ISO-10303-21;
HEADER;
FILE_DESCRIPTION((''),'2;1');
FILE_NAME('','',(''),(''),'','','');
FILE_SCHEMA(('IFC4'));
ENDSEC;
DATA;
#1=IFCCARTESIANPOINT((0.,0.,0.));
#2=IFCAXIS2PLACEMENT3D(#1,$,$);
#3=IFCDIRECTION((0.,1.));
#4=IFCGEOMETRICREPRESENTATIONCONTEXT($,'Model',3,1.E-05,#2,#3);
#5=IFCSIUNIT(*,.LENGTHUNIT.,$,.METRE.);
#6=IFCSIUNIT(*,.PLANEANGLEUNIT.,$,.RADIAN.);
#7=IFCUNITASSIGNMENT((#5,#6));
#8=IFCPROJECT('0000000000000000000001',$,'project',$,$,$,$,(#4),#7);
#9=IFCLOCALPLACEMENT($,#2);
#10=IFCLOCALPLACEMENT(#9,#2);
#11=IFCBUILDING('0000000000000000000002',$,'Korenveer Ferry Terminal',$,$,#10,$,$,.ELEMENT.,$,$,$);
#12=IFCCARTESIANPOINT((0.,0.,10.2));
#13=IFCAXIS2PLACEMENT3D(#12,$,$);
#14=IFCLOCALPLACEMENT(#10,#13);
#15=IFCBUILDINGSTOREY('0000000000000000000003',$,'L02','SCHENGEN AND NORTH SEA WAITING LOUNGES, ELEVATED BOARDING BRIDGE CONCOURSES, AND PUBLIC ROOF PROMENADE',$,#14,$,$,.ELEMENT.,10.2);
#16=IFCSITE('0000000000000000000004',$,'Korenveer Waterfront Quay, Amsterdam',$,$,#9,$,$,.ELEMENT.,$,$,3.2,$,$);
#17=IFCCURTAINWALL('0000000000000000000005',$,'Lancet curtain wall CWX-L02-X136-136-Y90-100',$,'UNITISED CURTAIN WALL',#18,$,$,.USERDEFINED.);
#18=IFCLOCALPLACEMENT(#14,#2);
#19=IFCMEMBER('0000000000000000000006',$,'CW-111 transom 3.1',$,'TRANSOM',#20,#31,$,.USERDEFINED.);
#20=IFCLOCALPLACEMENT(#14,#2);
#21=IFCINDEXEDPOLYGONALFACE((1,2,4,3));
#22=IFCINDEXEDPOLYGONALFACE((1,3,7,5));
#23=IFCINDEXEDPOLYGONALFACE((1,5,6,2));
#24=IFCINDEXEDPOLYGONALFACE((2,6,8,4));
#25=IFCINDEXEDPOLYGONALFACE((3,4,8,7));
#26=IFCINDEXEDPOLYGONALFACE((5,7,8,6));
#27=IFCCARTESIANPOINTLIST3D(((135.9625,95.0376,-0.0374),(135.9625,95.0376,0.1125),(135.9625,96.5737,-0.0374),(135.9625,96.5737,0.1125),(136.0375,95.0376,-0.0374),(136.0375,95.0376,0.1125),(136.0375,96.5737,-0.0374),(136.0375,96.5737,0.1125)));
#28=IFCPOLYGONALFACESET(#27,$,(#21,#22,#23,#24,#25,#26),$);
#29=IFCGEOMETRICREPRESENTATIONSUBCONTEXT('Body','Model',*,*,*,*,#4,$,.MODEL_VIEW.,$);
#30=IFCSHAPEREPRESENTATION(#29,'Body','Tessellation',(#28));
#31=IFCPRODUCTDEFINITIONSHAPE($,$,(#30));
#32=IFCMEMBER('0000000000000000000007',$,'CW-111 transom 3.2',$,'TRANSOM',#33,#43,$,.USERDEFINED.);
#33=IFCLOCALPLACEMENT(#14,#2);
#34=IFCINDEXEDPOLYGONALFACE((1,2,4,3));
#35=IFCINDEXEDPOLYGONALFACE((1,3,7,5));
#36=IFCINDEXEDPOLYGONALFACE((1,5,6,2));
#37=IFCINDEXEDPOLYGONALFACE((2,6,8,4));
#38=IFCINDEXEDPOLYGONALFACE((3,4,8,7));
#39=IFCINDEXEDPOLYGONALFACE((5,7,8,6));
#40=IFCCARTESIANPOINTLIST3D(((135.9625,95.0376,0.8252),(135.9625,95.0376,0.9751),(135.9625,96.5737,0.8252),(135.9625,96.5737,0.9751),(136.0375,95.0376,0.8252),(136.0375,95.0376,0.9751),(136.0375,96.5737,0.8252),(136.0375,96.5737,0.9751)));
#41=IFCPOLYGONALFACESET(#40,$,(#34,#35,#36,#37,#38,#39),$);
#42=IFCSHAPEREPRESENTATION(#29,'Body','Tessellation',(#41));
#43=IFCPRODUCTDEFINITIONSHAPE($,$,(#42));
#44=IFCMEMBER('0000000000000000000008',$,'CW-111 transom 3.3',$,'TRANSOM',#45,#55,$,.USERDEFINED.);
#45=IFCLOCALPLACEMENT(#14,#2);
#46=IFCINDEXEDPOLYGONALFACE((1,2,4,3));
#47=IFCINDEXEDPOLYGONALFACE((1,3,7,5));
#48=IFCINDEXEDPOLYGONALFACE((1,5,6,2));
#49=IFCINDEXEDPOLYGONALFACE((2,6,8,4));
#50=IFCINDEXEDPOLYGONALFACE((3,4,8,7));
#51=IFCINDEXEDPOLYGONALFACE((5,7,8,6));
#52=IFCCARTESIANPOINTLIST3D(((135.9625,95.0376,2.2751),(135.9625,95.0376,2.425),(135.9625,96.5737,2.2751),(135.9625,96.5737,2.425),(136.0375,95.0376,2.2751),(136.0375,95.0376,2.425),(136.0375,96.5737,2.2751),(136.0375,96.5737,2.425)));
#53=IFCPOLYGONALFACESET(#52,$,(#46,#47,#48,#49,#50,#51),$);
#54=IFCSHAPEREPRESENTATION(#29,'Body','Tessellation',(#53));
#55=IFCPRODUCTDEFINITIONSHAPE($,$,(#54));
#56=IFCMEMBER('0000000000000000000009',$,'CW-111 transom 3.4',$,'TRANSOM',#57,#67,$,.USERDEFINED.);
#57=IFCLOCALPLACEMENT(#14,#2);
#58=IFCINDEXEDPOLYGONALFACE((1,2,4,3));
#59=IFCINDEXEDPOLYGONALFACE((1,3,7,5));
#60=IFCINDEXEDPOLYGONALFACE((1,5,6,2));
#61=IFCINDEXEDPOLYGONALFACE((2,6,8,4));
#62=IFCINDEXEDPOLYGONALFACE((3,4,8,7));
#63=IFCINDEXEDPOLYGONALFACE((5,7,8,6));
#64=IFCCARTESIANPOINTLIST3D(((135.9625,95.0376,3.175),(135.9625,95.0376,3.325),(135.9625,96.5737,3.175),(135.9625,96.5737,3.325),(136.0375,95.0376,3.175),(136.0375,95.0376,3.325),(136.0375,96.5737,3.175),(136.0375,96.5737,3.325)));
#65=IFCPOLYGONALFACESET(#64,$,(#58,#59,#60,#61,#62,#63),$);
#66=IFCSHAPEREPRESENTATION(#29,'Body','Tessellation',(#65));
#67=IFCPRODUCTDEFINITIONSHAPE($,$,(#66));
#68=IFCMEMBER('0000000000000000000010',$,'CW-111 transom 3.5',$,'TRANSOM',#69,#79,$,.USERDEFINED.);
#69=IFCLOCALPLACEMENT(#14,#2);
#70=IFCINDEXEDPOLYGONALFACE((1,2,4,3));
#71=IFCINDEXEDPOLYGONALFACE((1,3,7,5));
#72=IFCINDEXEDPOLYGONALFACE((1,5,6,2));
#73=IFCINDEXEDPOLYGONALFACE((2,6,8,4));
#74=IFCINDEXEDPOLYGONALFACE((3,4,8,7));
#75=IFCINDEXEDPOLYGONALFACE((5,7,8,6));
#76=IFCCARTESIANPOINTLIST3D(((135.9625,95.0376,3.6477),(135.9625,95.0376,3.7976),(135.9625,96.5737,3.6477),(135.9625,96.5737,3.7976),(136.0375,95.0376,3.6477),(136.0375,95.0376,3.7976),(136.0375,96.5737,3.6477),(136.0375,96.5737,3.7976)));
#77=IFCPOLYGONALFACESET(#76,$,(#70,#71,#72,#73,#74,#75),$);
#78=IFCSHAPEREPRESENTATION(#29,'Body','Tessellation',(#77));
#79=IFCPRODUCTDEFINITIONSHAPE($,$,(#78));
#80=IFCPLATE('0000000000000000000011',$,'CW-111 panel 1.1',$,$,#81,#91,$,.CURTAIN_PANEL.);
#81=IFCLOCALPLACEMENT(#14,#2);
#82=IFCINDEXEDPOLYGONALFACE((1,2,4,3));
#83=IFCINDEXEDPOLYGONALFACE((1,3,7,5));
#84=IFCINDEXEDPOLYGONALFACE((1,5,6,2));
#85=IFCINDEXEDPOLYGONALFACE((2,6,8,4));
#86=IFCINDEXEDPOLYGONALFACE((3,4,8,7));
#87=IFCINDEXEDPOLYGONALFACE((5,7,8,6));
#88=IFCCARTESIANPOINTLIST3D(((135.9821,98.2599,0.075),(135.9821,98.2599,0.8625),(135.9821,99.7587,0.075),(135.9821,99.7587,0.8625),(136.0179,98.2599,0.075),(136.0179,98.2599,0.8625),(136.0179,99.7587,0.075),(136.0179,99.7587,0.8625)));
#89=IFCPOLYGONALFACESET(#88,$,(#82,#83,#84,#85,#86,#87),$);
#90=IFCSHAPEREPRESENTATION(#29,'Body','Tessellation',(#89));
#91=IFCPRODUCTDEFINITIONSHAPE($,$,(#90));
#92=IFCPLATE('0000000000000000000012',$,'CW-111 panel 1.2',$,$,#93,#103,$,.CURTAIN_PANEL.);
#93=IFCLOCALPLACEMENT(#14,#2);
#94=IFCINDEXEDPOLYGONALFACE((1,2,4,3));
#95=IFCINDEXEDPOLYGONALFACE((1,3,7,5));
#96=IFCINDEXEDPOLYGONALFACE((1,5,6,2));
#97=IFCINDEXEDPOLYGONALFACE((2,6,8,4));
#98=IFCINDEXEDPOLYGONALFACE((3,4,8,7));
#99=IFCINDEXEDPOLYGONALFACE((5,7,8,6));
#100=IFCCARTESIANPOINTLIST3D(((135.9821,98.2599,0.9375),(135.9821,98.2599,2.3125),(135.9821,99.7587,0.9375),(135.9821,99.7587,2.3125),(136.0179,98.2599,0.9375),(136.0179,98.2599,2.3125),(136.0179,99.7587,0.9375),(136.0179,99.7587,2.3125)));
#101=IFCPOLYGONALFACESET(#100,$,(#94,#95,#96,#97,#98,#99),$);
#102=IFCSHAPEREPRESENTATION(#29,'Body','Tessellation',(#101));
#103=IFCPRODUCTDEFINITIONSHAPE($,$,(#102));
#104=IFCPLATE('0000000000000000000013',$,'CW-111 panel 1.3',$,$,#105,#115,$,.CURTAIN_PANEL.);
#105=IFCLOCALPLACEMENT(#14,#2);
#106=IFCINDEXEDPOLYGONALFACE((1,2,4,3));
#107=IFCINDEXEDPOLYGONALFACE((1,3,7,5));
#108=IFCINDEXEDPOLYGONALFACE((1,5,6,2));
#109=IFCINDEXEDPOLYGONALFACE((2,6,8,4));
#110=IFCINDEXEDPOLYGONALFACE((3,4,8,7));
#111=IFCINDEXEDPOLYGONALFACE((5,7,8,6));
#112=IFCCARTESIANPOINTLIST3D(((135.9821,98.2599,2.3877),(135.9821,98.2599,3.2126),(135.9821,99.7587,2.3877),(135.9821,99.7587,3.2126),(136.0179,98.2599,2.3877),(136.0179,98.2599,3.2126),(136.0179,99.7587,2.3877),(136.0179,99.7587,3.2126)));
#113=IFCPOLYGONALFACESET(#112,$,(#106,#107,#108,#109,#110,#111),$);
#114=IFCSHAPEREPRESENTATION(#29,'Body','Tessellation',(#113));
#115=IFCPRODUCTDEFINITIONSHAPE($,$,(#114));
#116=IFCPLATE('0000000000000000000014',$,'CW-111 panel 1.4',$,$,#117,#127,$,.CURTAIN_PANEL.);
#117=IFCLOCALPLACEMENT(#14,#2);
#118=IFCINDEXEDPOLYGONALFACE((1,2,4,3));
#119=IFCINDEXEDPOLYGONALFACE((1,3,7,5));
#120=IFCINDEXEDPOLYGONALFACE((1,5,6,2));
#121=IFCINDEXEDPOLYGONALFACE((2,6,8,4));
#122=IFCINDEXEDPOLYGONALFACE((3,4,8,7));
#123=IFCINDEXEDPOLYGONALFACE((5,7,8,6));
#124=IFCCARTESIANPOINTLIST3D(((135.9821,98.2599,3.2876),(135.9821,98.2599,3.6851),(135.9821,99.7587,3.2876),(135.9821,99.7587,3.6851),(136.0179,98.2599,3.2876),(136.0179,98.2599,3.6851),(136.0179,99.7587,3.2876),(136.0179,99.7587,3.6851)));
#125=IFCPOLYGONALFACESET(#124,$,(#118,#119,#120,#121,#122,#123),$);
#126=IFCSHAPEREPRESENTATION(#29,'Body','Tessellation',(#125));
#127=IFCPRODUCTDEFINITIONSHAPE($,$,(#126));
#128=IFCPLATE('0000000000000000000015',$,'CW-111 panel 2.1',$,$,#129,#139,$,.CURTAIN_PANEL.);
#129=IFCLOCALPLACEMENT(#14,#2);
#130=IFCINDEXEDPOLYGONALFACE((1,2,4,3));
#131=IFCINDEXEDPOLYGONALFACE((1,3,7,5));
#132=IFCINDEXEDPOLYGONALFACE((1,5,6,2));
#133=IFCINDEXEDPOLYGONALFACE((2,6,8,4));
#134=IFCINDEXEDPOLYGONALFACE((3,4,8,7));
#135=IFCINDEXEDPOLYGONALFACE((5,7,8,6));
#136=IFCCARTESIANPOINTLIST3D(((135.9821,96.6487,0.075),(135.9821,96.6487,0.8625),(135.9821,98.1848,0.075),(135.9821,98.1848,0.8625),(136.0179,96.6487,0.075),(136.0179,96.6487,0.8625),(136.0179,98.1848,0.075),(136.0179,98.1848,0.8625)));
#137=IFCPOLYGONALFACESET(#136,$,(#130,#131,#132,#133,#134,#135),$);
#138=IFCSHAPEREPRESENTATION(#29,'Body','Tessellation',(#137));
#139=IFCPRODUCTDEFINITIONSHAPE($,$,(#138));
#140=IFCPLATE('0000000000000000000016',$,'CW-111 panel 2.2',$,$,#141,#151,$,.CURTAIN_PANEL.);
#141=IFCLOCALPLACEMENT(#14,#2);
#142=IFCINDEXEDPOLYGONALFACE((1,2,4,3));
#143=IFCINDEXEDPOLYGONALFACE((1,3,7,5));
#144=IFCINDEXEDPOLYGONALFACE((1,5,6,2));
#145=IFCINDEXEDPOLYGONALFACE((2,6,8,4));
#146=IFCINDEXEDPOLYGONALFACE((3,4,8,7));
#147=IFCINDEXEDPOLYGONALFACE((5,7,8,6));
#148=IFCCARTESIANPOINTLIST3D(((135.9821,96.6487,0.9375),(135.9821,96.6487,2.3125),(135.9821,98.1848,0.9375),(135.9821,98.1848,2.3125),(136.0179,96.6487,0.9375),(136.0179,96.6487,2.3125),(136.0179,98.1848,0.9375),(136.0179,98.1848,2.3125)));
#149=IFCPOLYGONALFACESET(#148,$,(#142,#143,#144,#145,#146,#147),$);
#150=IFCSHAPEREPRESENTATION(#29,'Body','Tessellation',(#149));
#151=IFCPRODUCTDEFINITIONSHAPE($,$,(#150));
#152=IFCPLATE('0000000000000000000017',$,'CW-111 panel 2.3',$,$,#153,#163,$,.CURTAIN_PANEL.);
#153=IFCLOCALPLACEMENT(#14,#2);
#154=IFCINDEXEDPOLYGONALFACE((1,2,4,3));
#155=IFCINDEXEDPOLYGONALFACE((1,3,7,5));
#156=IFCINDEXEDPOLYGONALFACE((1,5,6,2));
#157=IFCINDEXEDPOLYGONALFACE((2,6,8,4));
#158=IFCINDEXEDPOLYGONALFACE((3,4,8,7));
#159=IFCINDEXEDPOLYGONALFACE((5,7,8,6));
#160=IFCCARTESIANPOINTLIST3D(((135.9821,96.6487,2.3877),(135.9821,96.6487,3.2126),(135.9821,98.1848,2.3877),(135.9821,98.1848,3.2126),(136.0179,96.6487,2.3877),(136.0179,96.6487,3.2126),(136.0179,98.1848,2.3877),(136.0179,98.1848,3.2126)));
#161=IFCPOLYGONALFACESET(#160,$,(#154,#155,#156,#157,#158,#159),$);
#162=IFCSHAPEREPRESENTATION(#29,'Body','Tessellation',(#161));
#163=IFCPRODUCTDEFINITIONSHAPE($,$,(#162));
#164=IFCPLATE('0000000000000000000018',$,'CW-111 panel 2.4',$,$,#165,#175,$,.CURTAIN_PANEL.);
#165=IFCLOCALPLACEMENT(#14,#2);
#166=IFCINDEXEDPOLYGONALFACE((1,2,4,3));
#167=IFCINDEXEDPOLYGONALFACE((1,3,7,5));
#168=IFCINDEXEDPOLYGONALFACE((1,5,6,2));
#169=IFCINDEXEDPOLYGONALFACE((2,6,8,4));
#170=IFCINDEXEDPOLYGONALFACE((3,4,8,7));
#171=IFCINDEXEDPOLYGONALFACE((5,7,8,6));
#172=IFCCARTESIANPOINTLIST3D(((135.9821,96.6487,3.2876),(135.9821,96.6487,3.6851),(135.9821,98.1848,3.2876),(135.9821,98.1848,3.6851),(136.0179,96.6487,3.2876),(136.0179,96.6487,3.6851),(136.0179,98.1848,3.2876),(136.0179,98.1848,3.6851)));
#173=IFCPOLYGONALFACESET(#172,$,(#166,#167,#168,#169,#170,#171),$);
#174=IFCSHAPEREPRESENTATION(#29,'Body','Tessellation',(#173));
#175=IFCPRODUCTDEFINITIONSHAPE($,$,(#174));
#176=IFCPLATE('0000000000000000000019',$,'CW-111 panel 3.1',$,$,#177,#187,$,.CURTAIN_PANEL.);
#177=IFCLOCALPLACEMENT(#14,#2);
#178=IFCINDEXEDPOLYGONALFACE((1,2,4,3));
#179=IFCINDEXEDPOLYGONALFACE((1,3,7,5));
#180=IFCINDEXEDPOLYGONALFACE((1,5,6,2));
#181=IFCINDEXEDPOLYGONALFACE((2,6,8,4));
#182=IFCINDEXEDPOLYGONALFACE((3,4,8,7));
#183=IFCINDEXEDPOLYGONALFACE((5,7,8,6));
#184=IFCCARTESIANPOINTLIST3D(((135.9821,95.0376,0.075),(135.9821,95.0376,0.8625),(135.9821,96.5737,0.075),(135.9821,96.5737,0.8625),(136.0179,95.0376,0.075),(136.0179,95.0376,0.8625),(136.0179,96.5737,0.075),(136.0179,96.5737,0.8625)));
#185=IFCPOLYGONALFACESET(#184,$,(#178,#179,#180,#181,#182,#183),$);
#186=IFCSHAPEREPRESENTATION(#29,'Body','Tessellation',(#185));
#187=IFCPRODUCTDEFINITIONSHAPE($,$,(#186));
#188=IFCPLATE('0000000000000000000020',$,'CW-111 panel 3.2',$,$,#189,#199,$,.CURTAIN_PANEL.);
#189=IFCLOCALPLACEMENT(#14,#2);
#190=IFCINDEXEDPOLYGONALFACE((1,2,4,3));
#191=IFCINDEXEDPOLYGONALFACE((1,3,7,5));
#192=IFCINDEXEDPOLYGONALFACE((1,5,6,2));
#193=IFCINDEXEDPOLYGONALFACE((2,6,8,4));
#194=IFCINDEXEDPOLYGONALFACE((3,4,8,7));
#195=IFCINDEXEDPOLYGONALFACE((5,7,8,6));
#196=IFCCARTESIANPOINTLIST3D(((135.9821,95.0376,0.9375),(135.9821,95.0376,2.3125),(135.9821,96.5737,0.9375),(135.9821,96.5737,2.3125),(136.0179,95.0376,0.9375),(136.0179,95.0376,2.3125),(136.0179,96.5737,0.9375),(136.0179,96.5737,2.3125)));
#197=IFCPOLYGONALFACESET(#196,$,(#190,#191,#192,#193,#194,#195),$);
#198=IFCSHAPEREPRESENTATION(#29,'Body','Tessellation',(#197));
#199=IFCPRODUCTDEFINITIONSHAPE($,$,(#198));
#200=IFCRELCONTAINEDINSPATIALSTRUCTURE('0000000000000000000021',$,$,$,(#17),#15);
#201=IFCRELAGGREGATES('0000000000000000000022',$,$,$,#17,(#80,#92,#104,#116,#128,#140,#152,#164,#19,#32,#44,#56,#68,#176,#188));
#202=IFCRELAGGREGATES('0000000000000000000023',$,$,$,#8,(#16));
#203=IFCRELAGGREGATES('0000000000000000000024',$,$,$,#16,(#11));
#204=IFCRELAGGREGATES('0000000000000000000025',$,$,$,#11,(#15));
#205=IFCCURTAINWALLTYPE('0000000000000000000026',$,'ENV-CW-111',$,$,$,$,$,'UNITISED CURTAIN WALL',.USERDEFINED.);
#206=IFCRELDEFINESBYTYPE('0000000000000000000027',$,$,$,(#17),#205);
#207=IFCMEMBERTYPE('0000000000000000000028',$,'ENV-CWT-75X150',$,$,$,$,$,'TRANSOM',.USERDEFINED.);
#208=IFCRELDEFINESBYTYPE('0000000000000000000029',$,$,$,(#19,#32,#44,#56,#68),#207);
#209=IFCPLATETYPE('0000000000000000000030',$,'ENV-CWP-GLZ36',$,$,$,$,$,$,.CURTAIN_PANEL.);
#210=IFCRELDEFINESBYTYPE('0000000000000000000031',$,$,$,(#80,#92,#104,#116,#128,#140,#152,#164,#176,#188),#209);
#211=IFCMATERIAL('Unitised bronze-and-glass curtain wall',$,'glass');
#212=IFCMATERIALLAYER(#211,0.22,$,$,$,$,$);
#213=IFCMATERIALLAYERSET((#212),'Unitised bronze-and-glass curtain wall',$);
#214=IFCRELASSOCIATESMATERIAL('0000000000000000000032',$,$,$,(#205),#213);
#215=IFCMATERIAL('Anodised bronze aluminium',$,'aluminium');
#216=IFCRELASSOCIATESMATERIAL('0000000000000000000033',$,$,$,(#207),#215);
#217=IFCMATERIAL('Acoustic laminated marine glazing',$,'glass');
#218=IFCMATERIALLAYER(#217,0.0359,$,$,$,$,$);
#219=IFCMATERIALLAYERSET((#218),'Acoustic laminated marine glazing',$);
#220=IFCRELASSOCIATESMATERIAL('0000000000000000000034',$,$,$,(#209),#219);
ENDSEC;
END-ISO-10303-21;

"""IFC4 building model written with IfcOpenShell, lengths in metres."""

from ifc_helpers import new_model, si_unit, direction, frame, origin, origin_2d, place, context, subcontext, project, spatial, rectangle, extrude, material, layer, layer_set, material_profile, profile_set, type_object, element, aggregate, save


model = new_model("IFC4")

# Units and contexts
model_context = context("Model", 3, precision=1e-05, world=origin(), true_north=direction((0.0, 1.0)))
body_context = subcontext(model_context, "Body", "Model", "MODEL_VIEW")
ifc_project = project(units=[si_unit("LENGTHUNIT", "METRE"), si_unit("PLANEANGLEUNIT", "RADIAN")], contexts=[model_context])

# Site, building, storey
site_placement = place(None, origin())
site = spatial("IfcSite", under=ifc_project, at=site_placement, Name="Korenveer Waterfront Quay, Amsterdam", CompositionType="ELEMENT", RefElevation=3.2)
building_placement = place(site_placement, origin())
building = spatial("IfcBuilding", under=site, at=building_placement, Name="Korenveer Ferry Terminal", CompositionType="ELEMENT")
storey_placement = place(building_placement, frame((0.0, 0.0, 10.2)))
storey = spatial("IfcBuildingStorey", under=building, at=storey_placement, Name="L02", Description="SCHENGEN AND NORTH SEA WAITING LOUNGES, ELEVATED BOARDING BRIDGE CONCOURSES, AND PUBLIC ROOF PROMENADE", CompositionType="ELEMENT", Elevation=10.2)

# Curtain wall
ifc_material_1 = material(Name="Unitised bronze-and-glass curtain wall", Category="glass")
ifc_layer_1 = layer(ifc_material_1, 0.22)
ifc_layer_set_1 = layer_set([ifc_layer_1], Name="Unitised bronze-and-glass curtain wall")
curtain_wall_type_1 = type_object("IfcCurtainWallType", Name="ENV-CW-111", ElementType="UNITISED CURTAIN WALL", PredefinedType="USERDEFINED", material=ifc_layer_set_1)
curtain_wall_1_placement = place(storey_placement, frame((136.0, 99.8335, 0.0)))
curtain_wall_1 = element("IfcCurtainWall", 1, at=curtain_wall_1_placement, inside=storey, type_object=curtain_wall_type_1, Name="Lancet curtain wall CWX-L02-X136-136-Y90-100", ObjectType="UNITISED CURTAIN WALL", PredefinedType="USERDEFINED")
ifc_material_2 = material(Name="Anodised bronze aluminium", Category="aluminium")

# Members
ifc_material_profile_1 = material_profile(ifc_material_2, rectangle(XDim=0.075, YDim=0.1499, at=origin_2d()), Name="ALU 75x150")
ifc_profile_set_1 = profile_set([ifc_material_profile_1], Name="Anodised bronze aluminium")
member_type_1 = type_object("IfcMemberType", Name="ENV-CWT-75X150", ElementType="TRANSOM", PredefinedType="USERDEFINED", material=ifc_profile_set_1)
member_1_placement = place(storey_placement, frame((136.0, 96.5737, 0.0376), z_axis=(0.0, -1.0, 0.0), x_axis=(1.0, 0.0, 0.0)))
member_1 = element("IfcMember", 2, at=member_1_placement, type_object=member_type_1, Name="CW-111 transom 3.1", ObjectType="TRANSOM", PredefinedType="USERDEFINED", context=body_context, shape_type="SweptSolid", body=[
    extrude(rectangle(XDim=0.075, YDim=0.1499, at=origin_2d()), origin(), (0.0, 0.0, 1.0), 1.5361),
])
member_2_placement = place(storey_placement, frame((136.0, 96.5737, 0.9001), z_axis=(0.0, -1.0, 0.0), x_axis=(1.0, 0.0, 0.0)))
member_2 = element("IfcMember", 3, at=member_2_placement, type_object=member_type_1, Name="CW-111 transom 3.2", ObjectType="TRANSOM", PredefinedType="USERDEFINED", context=body_context, shape_type="SweptSolid", body=[
    extrude(rectangle(XDim=0.075, YDim=0.1499, at=origin_2d()), origin(), (0.0, 0.0, 1.0), 1.5361),
])
member_3_placement = place(storey_placement, frame((136.0, 96.5737, 2.3501), z_axis=(0.0, -1.0, 0.0), x_axis=(1.0, 0.0, 0.0)))
member_3 = element("IfcMember", 4, at=member_3_placement, type_object=member_type_1, Name="CW-111 transom 3.3", ObjectType="TRANSOM", PredefinedType="USERDEFINED", context=body_context, shape_type="SweptSolid", body=[
    extrude(rectangle(XDim=0.075, YDim=0.1499, at=origin_2d()), origin(), (0.0, 0.0, 1.0), 1.5361),
])
member_4_placement = place(storey_placement, frame((136.0, 96.5737, 3.25), z_axis=(0.0, -1.0, 0.0), x_axis=(1.0, 0.0, 0.0)))
member_4 = element("IfcMember", 5, at=member_4_placement, type_object=member_type_1, Name="CW-111 transom 3.4", ObjectType="TRANSOM", PredefinedType="USERDEFINED", context=body_context, shape_type="SweptSolid", body=[
    extrude(rectangle(XDim=0.075, YDim=0.1499, at=origin_2d()), origin(), (0.0, 0.0, 1.0), 1.5361),
])
member_5_placement = place(storey_placement, frame((136.0, 96.5737, 3.7227), z_axis=(0.0, -1.0, 0.0), x_axis=(1.0, 0.0, 0.0)))
member_5 = element("IfcMember", 6, at=member_5_placement, type_object=member_type_1, Name="CW-111 transom 3.5", ObjectType="TRANSOM", PredefinedType="USERDEFINED", context=body_context, shape_type="SweptSolid", body=[
    extrude(rectangle(XDim=0.075, YDim=0.1499, at=origin_2d()), origin(), (0.0, 0.0, 1.0), 1.5361),
])

# Plates
ifc_material_3 = material(Name="Acoustic laminated marine glazing", Category="glass")
ifc_layer_2 = layer(ifc_material_3, 0.0359)
ifc_layer_set_2 = layer_set([ifc_layer_2], Name="Acoustic laminated marine glazing")
plate_type = type_object("IfcPlateType", Name="ENV-CWP-GLZ36", PredefinedType="CURTAIN_PANEL", material=ifc_layer_set_2)
plate_1_placement = place(storey_placement, frame((136.0, 99.0093, 0.075), z_axis=(0.0, 0.0, 1.0), x_axis=(0.0, -1.0, 0.0)))
plate_1 = element("IfcPlate", 7, at=plate_1_placement, type_object=plate_type, Name="CW-111 panel 1.1", PredefinedType="CURTAIN_PANEL", context=body_context, shape_type="SweptSolid", body=[
    extrude(rectangle(XDim=1.4988, YDim=0.0359, at=origin_2d()), origin(), (0.0, 0.0, 1.0), 0.7876),
])
plate_2_placement = place(storey_placement, frame((136.0, 99.0093, 0.9375), z_axis=(0.0, 0.0, 1.0), x_axis=(0.0, -1.0, 0.0)))
plate_2 = element("IfcPlate", 8, at=plate_2_placement, type_object=plate_type, Name="CW-111 panel 1.2", PredefinedType="CURTAIN_PANEL", context=body_context, shape_type="SweptSolid", body=[
    extrude(rectangle(XDim=1.4988, YDim=0.0359, at=origin_2d()), origin(), (0.0, 0.0, 1.0), 1.375),
])
plate_3_placement = place(storey_placement, frame((136.0, 99.0093, 2.3877), z_axis=(0.0, 0.0, 1.0), x_axis=(0.0, -1.0, 0.0)))
plate_3 = element("IfcPlate", 9, at=plate_3_placement, type_object=plate_type, Name="CW-111 panel 1.3", PredefinedType="CURTAIN_PANEL", context=body_context, shape_type="SweptSolid", body=[
    extrude(rectangle(XDim=1.4988, YDim=0.0359, at=origin_2d()), origin(), (0.0, 0.0, 1.0), 0.825),
])
plate_4_placement = place(storey_placement, frame((136.0, 99.0093, 3.2876), z_axis=(0.0, 0.0, 1.0), x_axis=(0.0, -1.0, 0.0)))
plate_4 = element("IfcPlate", 10, at=plate_4_placement, type_object=plate_type, Name="CW-111 panel 1.4", PredefinedType="CURTAIN_PANEL", context=body_context, shape_type="SweptSolid", body=[
    extrude(rectangle(XDim=1.4988, YDim=0.0359, at=origin_2d()), origin(), (0.0, 0.0, 1.0), 0.3975),
])
plate_5_placement = place(storey_placement, frame((136.0, 97.4167, 0.075), z_axis=(0.0, 0.0, 1.0), x_axis=(0.0, -1.0, 0.0)))
plate_5 = element("IfcPlate", 11, at=plate_5_placement, type_object=plate_type, Name="CW-111 panel 2.1", PredefinedType="CURTAIN_PANEL", context=body_context, shape_type="SweptSolid", body=[
    extrude(rectangle(XDim=1.5361, YDim=0.0359, at=origin_2d()), origin(), (0.0, 0.0, 1.0), 0.7876),
])
plate_6_placement = place(storey_placement, frame((136.0, 97.4167, 0.9375), z_axis=(0.0, 0.0, 1.0), x_axis=(0.0, -1.0, 0.0)))
plate_6 = element("IfcPlate", 12, at=plate_6_placement, type_object=plate_type, Name="CW-111 panel 2.2", PredefinedType="CURTAIN_PANEL", context=body_context, shape_type="SweptSolid", body=[
    extrude(rectangle(XDim=1.5361, YDim=0.0359, at=origin_2d()), origin(), (0.0, 0.0, 1.0), 1.375),
])
plate_7_placement = place(storey_placement, frame((136.0, 97.4167, 2.3877), z_axis=(0.0, 0.0, 1.0), x_axis=(0.0, -1.0, 0.0)))
plate_7 = element("IfcPlate", 13, at=plate_7_placement, type_object=plate_type, Name="CW-111 panel 2.3", PredefinedType="CURTAIN_PANEL", context=body_context, shape_type="SweptSolid", body=[
    extrude(rectangle(XDim=1.5361, YDim=0.0359, at=origin_2d()), origin(), (0.0, 0.0, 1.0), 0.825),
])
plate_8_placement = place(storey_placement, frame((136.0, 97.4167, 3.2876), z_axis=(0.0, 0.0, 1.0), x_axis=(0.0, -1.0, 0.0)))
plate_8 = element("IfcPlate", 14, at=plate_8_placement, type_object=plate_type, Name="CW-111 panel 2.4", PredefinedType="CURTAIN_PANEL", context=body_context, shape_type="SweptSolid", body=[
    extrude(rectangle(XDim=1.5361, YDim=0.0359, at=origin_2d()), origin(), (0.0, 0.0, 1.0), 0.3975),
])
plate_9_placement = place(storey_placement, frame((136.0, 95.8057, 0.075), z_axis=(0.0, 0.0, 1.0), x_axis=(0.0, -1.0, 0.0)))
plate_9 = element("IfcPlate", 15, at=plate_9_placement, type_object=plate_type, Name="CW-111 panel 3.1", PredefinedType="CURTAIN_PANEL", context=body_context, shape_type="SweptSolid", body=[
    extrude(rectangle(XDim=1.5361, YDim=0.0359, at=origin_2d()), origin(), (0.0, 0.0, 1.0), 0.7876),
])
plate_10_placement = place(storey_placement, frame((136.0, 95.8057, 0.9375), z_axis=(0.0, 0.0, 1.0), x_axis=(0.0, -1.0, 0.0)))
plate_10 = element("IfcPlate", 16, at=plate_10_placement, type_object=plate_type, Name="CW-111 panel 3.2", PredefinedType="CURTAIN_PANEL", context=body_context, shape_type="SweptSolid", body=[
    extrude(rectangle(XDim=1.5361, YDim=0.0359, at=origin_2d()), origin(), (0.0, 0.0, 1.0), 1.375),
])
aggregate(curtain_wall_1, [plate_1, plate_2, plate_3, plate_4, plate_5, plate_6, plate_7, plate_8, member_1, member_2, member_3, member_4, member_5, plate_9, plate_10])

save(model, "model.ifc")
